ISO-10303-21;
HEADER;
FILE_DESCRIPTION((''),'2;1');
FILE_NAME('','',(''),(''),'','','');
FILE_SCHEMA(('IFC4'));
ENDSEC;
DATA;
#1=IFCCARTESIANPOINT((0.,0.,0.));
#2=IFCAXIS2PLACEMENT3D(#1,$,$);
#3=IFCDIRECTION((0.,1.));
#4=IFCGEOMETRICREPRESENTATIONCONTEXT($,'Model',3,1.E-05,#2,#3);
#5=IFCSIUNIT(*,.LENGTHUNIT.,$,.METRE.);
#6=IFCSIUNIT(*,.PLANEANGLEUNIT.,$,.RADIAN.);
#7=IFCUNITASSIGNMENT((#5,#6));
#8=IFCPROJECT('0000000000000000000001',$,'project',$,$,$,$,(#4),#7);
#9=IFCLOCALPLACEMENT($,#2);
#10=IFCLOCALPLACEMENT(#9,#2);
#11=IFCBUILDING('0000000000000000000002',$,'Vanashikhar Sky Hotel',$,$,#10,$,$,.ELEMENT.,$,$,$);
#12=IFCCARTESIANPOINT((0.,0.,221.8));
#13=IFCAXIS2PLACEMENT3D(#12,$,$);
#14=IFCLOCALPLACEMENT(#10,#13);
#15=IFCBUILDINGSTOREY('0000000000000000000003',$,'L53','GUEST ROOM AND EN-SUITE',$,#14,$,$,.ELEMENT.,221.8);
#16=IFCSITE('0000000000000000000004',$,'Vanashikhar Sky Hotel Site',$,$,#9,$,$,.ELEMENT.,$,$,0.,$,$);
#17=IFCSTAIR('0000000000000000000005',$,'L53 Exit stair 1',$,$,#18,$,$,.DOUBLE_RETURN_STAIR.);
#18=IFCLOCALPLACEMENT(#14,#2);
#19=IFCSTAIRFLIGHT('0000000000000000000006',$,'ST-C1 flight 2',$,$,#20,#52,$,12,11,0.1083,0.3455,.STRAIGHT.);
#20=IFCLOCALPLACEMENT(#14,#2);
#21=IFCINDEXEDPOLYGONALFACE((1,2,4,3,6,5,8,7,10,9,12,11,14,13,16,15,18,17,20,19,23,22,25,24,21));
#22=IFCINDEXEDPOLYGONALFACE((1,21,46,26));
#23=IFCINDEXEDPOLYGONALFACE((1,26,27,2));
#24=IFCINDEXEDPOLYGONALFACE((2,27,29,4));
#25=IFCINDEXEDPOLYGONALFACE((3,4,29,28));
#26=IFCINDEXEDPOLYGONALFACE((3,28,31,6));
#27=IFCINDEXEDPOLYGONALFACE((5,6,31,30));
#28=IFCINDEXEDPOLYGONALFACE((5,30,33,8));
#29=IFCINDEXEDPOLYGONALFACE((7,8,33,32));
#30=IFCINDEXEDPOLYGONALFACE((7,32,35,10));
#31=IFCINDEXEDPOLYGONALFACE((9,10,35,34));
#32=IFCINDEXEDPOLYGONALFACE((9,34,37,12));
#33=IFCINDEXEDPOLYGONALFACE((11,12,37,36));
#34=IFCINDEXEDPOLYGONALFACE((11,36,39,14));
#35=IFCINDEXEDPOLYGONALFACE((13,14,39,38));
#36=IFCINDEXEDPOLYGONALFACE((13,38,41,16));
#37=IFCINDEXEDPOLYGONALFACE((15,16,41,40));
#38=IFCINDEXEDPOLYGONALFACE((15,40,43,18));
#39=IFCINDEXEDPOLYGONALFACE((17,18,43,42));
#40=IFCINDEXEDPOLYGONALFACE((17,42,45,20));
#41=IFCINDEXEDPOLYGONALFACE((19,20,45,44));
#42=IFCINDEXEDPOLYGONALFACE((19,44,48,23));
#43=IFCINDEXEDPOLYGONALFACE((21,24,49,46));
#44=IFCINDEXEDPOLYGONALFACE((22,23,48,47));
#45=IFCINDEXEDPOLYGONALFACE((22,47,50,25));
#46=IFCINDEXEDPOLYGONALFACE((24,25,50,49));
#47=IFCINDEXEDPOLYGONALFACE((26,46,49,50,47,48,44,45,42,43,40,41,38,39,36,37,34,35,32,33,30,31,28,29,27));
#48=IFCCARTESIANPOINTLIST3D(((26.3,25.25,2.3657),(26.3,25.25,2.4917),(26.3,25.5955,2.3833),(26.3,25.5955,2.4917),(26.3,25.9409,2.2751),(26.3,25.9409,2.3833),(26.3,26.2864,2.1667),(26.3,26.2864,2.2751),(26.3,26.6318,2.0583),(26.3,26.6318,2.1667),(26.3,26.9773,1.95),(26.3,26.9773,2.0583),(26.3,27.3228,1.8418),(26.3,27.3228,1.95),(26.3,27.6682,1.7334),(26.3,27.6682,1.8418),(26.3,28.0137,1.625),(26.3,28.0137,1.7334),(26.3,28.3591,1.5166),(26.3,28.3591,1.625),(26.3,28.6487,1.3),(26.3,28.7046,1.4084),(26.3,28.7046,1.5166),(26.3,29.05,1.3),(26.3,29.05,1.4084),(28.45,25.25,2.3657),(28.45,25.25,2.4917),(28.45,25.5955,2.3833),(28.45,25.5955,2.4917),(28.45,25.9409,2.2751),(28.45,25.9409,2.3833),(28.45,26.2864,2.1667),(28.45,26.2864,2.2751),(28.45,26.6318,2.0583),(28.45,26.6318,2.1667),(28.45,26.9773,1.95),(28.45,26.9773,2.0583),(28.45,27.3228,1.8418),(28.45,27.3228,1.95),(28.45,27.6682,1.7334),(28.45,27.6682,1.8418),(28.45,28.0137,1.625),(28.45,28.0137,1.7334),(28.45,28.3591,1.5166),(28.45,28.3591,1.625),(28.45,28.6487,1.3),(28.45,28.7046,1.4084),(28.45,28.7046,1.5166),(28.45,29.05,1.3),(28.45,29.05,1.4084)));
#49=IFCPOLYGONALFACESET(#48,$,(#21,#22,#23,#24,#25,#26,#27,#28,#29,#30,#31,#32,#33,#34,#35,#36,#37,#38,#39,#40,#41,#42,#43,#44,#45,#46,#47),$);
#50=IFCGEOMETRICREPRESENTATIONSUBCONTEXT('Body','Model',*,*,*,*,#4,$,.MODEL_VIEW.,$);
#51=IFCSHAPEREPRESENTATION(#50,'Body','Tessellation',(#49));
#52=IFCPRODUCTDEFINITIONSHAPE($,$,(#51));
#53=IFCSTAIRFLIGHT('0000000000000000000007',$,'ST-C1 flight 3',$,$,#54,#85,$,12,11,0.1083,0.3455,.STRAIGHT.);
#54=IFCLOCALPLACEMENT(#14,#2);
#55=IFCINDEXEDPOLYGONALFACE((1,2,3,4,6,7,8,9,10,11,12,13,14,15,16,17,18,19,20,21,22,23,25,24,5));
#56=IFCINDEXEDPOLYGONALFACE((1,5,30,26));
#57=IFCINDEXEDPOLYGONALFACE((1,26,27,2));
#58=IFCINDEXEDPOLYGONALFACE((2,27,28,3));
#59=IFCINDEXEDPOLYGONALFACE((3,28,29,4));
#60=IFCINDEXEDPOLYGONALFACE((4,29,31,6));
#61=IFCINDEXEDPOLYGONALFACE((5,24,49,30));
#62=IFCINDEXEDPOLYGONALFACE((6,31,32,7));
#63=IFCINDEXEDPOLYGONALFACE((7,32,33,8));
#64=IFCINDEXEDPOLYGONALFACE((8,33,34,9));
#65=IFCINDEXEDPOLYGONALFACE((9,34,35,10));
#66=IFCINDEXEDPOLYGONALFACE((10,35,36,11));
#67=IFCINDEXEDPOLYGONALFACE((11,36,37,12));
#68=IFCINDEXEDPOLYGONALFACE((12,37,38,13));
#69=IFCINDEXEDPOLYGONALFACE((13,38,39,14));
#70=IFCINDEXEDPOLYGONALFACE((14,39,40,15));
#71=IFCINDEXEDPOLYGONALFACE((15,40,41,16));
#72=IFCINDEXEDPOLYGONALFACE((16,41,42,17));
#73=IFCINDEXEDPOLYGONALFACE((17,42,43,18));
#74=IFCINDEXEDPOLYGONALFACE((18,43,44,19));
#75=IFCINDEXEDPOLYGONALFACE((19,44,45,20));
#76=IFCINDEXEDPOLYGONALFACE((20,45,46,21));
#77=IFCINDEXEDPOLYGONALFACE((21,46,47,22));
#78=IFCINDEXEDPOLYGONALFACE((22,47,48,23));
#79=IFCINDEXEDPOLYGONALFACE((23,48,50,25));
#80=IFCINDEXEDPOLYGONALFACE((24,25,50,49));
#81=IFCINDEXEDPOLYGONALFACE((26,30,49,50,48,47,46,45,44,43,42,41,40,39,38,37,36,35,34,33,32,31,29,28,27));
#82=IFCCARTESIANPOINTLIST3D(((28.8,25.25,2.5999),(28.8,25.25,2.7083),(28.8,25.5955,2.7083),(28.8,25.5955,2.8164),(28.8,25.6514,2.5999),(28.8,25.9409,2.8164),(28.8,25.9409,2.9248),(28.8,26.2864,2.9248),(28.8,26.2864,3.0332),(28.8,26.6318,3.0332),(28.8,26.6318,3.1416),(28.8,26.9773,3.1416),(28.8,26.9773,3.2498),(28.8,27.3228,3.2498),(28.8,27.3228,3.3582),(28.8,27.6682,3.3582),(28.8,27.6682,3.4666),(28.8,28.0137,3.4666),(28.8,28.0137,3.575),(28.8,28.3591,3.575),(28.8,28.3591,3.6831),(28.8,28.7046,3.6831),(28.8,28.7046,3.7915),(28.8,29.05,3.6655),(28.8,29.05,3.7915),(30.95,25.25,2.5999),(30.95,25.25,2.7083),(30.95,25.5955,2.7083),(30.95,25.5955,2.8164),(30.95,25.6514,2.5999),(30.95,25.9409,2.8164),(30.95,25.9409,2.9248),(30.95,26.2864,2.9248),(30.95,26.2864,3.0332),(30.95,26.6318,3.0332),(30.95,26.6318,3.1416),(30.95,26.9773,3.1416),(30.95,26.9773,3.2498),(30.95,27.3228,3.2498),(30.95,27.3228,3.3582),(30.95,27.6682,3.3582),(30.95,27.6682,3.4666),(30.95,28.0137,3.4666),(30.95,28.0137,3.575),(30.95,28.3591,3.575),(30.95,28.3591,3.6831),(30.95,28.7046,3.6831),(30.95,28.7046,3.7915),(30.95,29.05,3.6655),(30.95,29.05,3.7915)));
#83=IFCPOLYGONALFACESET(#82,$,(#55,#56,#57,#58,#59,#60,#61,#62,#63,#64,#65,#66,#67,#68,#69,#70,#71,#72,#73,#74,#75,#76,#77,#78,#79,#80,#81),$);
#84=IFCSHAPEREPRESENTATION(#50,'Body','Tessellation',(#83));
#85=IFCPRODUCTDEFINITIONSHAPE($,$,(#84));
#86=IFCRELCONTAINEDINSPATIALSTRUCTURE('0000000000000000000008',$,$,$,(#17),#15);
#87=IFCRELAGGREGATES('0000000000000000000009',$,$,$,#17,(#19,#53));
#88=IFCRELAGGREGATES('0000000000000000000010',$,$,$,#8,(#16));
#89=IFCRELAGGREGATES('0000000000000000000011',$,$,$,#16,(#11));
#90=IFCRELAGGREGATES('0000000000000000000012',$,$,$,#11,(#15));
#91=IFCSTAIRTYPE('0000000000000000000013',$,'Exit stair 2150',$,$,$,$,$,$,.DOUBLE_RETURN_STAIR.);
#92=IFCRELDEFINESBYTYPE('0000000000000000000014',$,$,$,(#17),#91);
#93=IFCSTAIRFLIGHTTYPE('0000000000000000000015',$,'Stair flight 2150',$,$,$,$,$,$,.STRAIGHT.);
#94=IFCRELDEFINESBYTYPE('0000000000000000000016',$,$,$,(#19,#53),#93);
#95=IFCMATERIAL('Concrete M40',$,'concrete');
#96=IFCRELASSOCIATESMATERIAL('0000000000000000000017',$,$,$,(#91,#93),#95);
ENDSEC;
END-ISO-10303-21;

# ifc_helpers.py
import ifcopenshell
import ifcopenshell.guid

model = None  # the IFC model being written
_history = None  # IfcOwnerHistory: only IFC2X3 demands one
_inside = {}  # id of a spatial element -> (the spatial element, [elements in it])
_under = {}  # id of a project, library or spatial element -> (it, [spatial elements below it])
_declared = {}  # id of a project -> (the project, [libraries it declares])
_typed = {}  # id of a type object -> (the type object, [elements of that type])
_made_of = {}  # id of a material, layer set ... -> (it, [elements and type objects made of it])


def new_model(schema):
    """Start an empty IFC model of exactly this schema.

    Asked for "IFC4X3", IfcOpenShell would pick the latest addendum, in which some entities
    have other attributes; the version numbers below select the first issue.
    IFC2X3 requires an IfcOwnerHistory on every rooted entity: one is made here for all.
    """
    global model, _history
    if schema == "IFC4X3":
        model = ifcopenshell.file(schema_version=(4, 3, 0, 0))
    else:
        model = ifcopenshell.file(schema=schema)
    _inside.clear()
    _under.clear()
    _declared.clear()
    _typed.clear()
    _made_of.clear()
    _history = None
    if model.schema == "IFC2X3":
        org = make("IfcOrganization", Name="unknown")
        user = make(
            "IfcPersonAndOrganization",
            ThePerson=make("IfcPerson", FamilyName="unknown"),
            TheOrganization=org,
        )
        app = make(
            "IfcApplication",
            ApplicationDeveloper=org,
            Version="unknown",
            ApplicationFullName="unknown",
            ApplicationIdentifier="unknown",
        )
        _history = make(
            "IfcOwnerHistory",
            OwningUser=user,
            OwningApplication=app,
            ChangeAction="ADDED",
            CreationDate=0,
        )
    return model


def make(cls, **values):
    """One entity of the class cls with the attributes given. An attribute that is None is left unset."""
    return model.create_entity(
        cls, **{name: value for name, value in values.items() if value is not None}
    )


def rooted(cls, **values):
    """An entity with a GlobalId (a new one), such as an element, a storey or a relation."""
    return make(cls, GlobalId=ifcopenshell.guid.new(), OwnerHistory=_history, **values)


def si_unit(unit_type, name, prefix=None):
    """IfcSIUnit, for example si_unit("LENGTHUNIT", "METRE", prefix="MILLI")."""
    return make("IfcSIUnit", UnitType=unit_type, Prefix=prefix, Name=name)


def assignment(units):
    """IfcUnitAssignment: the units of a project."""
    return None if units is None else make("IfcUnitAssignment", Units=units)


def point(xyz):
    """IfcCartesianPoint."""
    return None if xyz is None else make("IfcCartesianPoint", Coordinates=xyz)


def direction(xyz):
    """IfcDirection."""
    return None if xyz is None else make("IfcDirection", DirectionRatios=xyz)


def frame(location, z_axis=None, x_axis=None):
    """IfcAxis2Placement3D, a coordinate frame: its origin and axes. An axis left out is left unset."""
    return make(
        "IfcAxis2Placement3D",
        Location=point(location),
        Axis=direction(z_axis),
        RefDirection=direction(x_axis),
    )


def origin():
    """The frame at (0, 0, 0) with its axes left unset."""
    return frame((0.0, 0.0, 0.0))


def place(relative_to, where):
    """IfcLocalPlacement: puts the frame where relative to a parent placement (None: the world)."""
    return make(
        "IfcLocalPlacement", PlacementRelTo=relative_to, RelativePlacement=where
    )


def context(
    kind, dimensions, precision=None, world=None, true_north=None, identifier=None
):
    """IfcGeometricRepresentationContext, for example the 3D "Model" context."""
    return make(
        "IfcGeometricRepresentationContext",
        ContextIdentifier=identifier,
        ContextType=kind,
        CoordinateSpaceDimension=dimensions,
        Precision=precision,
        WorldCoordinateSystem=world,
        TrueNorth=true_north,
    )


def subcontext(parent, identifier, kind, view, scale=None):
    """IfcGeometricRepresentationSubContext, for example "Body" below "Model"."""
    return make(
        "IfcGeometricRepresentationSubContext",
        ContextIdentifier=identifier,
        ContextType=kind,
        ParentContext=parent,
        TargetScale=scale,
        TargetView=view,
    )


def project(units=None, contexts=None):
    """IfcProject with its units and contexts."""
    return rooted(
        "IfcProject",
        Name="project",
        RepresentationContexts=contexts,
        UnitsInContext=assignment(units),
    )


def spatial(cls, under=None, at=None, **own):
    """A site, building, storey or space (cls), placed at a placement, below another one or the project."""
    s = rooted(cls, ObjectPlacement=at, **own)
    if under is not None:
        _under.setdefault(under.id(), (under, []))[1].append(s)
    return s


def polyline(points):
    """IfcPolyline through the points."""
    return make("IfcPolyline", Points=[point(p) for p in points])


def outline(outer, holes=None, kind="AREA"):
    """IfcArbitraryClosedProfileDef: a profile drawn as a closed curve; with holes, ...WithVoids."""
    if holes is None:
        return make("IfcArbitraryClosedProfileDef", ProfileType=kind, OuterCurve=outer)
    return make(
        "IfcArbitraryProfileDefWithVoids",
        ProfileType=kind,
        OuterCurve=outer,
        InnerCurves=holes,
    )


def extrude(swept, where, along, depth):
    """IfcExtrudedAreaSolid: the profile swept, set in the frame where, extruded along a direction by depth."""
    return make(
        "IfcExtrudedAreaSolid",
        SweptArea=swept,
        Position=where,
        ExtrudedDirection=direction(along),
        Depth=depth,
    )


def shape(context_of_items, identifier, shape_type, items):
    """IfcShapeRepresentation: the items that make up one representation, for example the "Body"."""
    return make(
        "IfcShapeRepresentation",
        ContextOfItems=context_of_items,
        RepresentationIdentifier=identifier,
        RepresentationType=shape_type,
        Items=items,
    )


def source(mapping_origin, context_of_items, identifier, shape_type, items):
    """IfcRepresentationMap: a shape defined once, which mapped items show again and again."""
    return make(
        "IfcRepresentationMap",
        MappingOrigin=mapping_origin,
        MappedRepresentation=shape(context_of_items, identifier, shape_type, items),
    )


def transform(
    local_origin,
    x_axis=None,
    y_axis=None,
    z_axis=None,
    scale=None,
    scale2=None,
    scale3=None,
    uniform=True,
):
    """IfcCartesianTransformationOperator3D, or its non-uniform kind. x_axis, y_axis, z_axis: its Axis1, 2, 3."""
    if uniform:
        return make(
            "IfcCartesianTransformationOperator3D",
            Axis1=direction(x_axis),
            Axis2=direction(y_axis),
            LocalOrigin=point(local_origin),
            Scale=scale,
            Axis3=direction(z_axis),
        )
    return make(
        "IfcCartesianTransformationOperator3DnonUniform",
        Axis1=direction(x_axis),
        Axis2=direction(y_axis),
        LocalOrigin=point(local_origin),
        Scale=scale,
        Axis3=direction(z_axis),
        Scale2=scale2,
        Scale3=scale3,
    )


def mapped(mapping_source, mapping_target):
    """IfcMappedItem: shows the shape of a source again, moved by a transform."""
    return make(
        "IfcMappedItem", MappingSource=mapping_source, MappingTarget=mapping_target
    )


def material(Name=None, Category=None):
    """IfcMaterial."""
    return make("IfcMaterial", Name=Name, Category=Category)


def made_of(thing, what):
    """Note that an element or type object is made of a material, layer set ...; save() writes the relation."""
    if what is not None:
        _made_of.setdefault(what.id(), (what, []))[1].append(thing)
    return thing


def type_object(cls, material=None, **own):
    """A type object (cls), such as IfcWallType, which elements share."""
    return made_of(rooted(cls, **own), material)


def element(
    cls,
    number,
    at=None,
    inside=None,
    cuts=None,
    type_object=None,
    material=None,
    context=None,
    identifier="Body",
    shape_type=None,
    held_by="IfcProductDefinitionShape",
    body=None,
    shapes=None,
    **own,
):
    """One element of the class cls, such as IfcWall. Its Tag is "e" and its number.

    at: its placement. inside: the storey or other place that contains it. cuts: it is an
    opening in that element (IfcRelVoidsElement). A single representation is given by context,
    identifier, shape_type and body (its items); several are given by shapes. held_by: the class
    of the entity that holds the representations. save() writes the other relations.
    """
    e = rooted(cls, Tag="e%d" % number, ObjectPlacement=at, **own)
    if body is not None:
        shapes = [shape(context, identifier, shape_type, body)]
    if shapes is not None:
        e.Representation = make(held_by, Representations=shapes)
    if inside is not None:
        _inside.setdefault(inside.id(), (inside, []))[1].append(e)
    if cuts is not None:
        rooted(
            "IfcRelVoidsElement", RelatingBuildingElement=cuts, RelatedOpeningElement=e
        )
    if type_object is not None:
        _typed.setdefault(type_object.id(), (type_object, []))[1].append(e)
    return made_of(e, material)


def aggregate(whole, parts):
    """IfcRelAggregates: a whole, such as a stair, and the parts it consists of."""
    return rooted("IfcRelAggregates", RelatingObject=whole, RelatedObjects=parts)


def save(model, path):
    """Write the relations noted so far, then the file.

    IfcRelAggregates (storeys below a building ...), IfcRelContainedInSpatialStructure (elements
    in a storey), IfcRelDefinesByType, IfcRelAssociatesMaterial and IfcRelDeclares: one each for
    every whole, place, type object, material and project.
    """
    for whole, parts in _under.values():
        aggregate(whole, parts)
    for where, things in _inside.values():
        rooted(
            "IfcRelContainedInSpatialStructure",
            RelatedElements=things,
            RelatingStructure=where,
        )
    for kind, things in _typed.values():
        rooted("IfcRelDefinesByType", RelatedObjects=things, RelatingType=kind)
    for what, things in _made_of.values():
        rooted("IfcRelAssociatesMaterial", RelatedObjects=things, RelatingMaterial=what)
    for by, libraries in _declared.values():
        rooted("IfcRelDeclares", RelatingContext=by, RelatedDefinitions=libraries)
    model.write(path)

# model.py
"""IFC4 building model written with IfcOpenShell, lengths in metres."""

from ifc_helpers import new_model, si_unit, direction, frame, origin, place, context, subcontext, project, spatial, polyline, outline, extrude, source, transform, mapped, material, type_object, element, aggregate, save


model = new_model("IFC4")

# Units and contexts
model_context = context("Model", 3, precision=1e-05, world=origin(), true_north=direction((0.0, 1.0)))
body_context = subcontext(model_context, "Body", "Model", "MODEL_VIEW")
ifc_project = project(units=[si_unit("LENGTHUNIT", "METRE"), si_unit("PLANEANGLEUNIT", "RADIAN")], contexts=[model_context])

# Site, building, storey
site_placement = place(None, origin())
site = spatial("IfcSite", under=ifc_project, at=site_placement, Name="Vanashikhar Sky Hotel Site", CompositionType="ELEMENT", RefElevation=0.0)
building_placement = place(site_placement, origin())
building = spatial("IfcBuilding", under=site, at=building_placement, Name="Vanashikhar Sky Hotel", CompositionType="ELEMENT")
storey_placement = place(building_placement, frame((0.0, 0.0, 221.8)))
storey = spatial("IfcBuildingStorey", under=building, at=storey_placement, Name="L53", Description="GUEST ROOM AND EN-SUITE", CompositionType="ELEMENT", Elevation=221.8)

# Shared definitions
ifc_material_1 = material(Name="Concrete M40", Category="concrete")

# Stair, stair flights
stair_type = type_object("IfcStairType", Name="Exit stair 2150", PredefinedType="DOUBLE_RETURN_STAIR", material=ifc_material_1)
stair_placement = place(storey_placement, origin())
stair = element("IfcStair", 1, at=stair_placement, inside=storey, type_object=stair_type, Name="L53 Exit stair 1", PredefinedType="DOUBLE_RETURN_STAIR")
stair_flight_type = type_object("IfcStairFlightType", Name="Stair flight 2150", PredefinedType="STRAIGHT", material=ifc_material_1)
shared_shape_1 = source(origin(), body_context, "Body", "SweptSolid", [
    extrude(outline(polyline([(0.0, 0.0), (0.0, 0.1084), (0.3455, 0.1084), (0.3455, 0.2166), (0.6909, 0.2166), (0.6909, 0.325), (1.0364, 0.325), (1.0364, 0.4333), (1.3818, 0.4333), (1.3818, 0.5417), (1.7273, 0.5417), (1.7273, 0.6499), (2.0728, 0.6499), (2.0728, 0.7583), (2.4182, 0.7583), (2.4182, 0.8667), (2.7637, 0.8667), (2.7637, 0.9751), (3.1091, 0.9751), (3.1091, 1.0833), (3.4546, 1.0833), (3.4546, 1.1917), (3.8, 1.1917), (3.8, 1.3), (3.8, 1.0657), (0.4014, 0.0), (0.0, 0.0)])), frame((0.0, 1.075, 0.0), z_axis=(0.0, -1.0, 0.0), x_axis=(1.0, 0.0, 0.0)), (0.0, 0.0, 1.0), 2.1499),
])
stair_flight_1_placement = place(storey_placement, frame((27.375, 29.05, 1.3), z_axis=(0.0, 0.0, 1.0), x_axis=(0.0, -1.0, 0.0)))
stair_flight_1 = element("IfcStairFlight", 2, at=stair_flight_1_placement, type_object=stair_flight_type, Name="ST-C1 flight 2", NumberOfRisers=12, NumberOfTreads=11, PredefinedType="STRAIGHT", RiserHeight=0.1083, TreadLength=0.3455, context=body_context, shape_type="MappedRepresentation", body=[
    mapped(shared_shape_1, transform((0.0, 0.0, 0.0), scale=1.0)),
])
stair_flight_2_placement = place(storey_placement, frame((29.875, 25.25, 2.5999), z_axis=(0.0, 0.0, 1.0), x_axis=(0.0, 1.0, 0.0)))
stair_flight_2 = element("IfcStairFlight", 3, at=stair_flight_2_placement, type_object=stair_flight_type, Name="ST-C1 flight 3", NumberOfRisers=12, NumberOfTreads=11, PredefinedType="STRAIGHT", RiserHeight=0.1083, TreadLength=0.3455, context=body_context, shape_type="MappedRepresentation", body=[
    mapped(shared_shape_1, transform((0.0, 0.0, 0.0), scale=1.0)),
])
aggregate(stair, [stair_flight_1, stair_flight_2])

save(model, "model.ifc")
